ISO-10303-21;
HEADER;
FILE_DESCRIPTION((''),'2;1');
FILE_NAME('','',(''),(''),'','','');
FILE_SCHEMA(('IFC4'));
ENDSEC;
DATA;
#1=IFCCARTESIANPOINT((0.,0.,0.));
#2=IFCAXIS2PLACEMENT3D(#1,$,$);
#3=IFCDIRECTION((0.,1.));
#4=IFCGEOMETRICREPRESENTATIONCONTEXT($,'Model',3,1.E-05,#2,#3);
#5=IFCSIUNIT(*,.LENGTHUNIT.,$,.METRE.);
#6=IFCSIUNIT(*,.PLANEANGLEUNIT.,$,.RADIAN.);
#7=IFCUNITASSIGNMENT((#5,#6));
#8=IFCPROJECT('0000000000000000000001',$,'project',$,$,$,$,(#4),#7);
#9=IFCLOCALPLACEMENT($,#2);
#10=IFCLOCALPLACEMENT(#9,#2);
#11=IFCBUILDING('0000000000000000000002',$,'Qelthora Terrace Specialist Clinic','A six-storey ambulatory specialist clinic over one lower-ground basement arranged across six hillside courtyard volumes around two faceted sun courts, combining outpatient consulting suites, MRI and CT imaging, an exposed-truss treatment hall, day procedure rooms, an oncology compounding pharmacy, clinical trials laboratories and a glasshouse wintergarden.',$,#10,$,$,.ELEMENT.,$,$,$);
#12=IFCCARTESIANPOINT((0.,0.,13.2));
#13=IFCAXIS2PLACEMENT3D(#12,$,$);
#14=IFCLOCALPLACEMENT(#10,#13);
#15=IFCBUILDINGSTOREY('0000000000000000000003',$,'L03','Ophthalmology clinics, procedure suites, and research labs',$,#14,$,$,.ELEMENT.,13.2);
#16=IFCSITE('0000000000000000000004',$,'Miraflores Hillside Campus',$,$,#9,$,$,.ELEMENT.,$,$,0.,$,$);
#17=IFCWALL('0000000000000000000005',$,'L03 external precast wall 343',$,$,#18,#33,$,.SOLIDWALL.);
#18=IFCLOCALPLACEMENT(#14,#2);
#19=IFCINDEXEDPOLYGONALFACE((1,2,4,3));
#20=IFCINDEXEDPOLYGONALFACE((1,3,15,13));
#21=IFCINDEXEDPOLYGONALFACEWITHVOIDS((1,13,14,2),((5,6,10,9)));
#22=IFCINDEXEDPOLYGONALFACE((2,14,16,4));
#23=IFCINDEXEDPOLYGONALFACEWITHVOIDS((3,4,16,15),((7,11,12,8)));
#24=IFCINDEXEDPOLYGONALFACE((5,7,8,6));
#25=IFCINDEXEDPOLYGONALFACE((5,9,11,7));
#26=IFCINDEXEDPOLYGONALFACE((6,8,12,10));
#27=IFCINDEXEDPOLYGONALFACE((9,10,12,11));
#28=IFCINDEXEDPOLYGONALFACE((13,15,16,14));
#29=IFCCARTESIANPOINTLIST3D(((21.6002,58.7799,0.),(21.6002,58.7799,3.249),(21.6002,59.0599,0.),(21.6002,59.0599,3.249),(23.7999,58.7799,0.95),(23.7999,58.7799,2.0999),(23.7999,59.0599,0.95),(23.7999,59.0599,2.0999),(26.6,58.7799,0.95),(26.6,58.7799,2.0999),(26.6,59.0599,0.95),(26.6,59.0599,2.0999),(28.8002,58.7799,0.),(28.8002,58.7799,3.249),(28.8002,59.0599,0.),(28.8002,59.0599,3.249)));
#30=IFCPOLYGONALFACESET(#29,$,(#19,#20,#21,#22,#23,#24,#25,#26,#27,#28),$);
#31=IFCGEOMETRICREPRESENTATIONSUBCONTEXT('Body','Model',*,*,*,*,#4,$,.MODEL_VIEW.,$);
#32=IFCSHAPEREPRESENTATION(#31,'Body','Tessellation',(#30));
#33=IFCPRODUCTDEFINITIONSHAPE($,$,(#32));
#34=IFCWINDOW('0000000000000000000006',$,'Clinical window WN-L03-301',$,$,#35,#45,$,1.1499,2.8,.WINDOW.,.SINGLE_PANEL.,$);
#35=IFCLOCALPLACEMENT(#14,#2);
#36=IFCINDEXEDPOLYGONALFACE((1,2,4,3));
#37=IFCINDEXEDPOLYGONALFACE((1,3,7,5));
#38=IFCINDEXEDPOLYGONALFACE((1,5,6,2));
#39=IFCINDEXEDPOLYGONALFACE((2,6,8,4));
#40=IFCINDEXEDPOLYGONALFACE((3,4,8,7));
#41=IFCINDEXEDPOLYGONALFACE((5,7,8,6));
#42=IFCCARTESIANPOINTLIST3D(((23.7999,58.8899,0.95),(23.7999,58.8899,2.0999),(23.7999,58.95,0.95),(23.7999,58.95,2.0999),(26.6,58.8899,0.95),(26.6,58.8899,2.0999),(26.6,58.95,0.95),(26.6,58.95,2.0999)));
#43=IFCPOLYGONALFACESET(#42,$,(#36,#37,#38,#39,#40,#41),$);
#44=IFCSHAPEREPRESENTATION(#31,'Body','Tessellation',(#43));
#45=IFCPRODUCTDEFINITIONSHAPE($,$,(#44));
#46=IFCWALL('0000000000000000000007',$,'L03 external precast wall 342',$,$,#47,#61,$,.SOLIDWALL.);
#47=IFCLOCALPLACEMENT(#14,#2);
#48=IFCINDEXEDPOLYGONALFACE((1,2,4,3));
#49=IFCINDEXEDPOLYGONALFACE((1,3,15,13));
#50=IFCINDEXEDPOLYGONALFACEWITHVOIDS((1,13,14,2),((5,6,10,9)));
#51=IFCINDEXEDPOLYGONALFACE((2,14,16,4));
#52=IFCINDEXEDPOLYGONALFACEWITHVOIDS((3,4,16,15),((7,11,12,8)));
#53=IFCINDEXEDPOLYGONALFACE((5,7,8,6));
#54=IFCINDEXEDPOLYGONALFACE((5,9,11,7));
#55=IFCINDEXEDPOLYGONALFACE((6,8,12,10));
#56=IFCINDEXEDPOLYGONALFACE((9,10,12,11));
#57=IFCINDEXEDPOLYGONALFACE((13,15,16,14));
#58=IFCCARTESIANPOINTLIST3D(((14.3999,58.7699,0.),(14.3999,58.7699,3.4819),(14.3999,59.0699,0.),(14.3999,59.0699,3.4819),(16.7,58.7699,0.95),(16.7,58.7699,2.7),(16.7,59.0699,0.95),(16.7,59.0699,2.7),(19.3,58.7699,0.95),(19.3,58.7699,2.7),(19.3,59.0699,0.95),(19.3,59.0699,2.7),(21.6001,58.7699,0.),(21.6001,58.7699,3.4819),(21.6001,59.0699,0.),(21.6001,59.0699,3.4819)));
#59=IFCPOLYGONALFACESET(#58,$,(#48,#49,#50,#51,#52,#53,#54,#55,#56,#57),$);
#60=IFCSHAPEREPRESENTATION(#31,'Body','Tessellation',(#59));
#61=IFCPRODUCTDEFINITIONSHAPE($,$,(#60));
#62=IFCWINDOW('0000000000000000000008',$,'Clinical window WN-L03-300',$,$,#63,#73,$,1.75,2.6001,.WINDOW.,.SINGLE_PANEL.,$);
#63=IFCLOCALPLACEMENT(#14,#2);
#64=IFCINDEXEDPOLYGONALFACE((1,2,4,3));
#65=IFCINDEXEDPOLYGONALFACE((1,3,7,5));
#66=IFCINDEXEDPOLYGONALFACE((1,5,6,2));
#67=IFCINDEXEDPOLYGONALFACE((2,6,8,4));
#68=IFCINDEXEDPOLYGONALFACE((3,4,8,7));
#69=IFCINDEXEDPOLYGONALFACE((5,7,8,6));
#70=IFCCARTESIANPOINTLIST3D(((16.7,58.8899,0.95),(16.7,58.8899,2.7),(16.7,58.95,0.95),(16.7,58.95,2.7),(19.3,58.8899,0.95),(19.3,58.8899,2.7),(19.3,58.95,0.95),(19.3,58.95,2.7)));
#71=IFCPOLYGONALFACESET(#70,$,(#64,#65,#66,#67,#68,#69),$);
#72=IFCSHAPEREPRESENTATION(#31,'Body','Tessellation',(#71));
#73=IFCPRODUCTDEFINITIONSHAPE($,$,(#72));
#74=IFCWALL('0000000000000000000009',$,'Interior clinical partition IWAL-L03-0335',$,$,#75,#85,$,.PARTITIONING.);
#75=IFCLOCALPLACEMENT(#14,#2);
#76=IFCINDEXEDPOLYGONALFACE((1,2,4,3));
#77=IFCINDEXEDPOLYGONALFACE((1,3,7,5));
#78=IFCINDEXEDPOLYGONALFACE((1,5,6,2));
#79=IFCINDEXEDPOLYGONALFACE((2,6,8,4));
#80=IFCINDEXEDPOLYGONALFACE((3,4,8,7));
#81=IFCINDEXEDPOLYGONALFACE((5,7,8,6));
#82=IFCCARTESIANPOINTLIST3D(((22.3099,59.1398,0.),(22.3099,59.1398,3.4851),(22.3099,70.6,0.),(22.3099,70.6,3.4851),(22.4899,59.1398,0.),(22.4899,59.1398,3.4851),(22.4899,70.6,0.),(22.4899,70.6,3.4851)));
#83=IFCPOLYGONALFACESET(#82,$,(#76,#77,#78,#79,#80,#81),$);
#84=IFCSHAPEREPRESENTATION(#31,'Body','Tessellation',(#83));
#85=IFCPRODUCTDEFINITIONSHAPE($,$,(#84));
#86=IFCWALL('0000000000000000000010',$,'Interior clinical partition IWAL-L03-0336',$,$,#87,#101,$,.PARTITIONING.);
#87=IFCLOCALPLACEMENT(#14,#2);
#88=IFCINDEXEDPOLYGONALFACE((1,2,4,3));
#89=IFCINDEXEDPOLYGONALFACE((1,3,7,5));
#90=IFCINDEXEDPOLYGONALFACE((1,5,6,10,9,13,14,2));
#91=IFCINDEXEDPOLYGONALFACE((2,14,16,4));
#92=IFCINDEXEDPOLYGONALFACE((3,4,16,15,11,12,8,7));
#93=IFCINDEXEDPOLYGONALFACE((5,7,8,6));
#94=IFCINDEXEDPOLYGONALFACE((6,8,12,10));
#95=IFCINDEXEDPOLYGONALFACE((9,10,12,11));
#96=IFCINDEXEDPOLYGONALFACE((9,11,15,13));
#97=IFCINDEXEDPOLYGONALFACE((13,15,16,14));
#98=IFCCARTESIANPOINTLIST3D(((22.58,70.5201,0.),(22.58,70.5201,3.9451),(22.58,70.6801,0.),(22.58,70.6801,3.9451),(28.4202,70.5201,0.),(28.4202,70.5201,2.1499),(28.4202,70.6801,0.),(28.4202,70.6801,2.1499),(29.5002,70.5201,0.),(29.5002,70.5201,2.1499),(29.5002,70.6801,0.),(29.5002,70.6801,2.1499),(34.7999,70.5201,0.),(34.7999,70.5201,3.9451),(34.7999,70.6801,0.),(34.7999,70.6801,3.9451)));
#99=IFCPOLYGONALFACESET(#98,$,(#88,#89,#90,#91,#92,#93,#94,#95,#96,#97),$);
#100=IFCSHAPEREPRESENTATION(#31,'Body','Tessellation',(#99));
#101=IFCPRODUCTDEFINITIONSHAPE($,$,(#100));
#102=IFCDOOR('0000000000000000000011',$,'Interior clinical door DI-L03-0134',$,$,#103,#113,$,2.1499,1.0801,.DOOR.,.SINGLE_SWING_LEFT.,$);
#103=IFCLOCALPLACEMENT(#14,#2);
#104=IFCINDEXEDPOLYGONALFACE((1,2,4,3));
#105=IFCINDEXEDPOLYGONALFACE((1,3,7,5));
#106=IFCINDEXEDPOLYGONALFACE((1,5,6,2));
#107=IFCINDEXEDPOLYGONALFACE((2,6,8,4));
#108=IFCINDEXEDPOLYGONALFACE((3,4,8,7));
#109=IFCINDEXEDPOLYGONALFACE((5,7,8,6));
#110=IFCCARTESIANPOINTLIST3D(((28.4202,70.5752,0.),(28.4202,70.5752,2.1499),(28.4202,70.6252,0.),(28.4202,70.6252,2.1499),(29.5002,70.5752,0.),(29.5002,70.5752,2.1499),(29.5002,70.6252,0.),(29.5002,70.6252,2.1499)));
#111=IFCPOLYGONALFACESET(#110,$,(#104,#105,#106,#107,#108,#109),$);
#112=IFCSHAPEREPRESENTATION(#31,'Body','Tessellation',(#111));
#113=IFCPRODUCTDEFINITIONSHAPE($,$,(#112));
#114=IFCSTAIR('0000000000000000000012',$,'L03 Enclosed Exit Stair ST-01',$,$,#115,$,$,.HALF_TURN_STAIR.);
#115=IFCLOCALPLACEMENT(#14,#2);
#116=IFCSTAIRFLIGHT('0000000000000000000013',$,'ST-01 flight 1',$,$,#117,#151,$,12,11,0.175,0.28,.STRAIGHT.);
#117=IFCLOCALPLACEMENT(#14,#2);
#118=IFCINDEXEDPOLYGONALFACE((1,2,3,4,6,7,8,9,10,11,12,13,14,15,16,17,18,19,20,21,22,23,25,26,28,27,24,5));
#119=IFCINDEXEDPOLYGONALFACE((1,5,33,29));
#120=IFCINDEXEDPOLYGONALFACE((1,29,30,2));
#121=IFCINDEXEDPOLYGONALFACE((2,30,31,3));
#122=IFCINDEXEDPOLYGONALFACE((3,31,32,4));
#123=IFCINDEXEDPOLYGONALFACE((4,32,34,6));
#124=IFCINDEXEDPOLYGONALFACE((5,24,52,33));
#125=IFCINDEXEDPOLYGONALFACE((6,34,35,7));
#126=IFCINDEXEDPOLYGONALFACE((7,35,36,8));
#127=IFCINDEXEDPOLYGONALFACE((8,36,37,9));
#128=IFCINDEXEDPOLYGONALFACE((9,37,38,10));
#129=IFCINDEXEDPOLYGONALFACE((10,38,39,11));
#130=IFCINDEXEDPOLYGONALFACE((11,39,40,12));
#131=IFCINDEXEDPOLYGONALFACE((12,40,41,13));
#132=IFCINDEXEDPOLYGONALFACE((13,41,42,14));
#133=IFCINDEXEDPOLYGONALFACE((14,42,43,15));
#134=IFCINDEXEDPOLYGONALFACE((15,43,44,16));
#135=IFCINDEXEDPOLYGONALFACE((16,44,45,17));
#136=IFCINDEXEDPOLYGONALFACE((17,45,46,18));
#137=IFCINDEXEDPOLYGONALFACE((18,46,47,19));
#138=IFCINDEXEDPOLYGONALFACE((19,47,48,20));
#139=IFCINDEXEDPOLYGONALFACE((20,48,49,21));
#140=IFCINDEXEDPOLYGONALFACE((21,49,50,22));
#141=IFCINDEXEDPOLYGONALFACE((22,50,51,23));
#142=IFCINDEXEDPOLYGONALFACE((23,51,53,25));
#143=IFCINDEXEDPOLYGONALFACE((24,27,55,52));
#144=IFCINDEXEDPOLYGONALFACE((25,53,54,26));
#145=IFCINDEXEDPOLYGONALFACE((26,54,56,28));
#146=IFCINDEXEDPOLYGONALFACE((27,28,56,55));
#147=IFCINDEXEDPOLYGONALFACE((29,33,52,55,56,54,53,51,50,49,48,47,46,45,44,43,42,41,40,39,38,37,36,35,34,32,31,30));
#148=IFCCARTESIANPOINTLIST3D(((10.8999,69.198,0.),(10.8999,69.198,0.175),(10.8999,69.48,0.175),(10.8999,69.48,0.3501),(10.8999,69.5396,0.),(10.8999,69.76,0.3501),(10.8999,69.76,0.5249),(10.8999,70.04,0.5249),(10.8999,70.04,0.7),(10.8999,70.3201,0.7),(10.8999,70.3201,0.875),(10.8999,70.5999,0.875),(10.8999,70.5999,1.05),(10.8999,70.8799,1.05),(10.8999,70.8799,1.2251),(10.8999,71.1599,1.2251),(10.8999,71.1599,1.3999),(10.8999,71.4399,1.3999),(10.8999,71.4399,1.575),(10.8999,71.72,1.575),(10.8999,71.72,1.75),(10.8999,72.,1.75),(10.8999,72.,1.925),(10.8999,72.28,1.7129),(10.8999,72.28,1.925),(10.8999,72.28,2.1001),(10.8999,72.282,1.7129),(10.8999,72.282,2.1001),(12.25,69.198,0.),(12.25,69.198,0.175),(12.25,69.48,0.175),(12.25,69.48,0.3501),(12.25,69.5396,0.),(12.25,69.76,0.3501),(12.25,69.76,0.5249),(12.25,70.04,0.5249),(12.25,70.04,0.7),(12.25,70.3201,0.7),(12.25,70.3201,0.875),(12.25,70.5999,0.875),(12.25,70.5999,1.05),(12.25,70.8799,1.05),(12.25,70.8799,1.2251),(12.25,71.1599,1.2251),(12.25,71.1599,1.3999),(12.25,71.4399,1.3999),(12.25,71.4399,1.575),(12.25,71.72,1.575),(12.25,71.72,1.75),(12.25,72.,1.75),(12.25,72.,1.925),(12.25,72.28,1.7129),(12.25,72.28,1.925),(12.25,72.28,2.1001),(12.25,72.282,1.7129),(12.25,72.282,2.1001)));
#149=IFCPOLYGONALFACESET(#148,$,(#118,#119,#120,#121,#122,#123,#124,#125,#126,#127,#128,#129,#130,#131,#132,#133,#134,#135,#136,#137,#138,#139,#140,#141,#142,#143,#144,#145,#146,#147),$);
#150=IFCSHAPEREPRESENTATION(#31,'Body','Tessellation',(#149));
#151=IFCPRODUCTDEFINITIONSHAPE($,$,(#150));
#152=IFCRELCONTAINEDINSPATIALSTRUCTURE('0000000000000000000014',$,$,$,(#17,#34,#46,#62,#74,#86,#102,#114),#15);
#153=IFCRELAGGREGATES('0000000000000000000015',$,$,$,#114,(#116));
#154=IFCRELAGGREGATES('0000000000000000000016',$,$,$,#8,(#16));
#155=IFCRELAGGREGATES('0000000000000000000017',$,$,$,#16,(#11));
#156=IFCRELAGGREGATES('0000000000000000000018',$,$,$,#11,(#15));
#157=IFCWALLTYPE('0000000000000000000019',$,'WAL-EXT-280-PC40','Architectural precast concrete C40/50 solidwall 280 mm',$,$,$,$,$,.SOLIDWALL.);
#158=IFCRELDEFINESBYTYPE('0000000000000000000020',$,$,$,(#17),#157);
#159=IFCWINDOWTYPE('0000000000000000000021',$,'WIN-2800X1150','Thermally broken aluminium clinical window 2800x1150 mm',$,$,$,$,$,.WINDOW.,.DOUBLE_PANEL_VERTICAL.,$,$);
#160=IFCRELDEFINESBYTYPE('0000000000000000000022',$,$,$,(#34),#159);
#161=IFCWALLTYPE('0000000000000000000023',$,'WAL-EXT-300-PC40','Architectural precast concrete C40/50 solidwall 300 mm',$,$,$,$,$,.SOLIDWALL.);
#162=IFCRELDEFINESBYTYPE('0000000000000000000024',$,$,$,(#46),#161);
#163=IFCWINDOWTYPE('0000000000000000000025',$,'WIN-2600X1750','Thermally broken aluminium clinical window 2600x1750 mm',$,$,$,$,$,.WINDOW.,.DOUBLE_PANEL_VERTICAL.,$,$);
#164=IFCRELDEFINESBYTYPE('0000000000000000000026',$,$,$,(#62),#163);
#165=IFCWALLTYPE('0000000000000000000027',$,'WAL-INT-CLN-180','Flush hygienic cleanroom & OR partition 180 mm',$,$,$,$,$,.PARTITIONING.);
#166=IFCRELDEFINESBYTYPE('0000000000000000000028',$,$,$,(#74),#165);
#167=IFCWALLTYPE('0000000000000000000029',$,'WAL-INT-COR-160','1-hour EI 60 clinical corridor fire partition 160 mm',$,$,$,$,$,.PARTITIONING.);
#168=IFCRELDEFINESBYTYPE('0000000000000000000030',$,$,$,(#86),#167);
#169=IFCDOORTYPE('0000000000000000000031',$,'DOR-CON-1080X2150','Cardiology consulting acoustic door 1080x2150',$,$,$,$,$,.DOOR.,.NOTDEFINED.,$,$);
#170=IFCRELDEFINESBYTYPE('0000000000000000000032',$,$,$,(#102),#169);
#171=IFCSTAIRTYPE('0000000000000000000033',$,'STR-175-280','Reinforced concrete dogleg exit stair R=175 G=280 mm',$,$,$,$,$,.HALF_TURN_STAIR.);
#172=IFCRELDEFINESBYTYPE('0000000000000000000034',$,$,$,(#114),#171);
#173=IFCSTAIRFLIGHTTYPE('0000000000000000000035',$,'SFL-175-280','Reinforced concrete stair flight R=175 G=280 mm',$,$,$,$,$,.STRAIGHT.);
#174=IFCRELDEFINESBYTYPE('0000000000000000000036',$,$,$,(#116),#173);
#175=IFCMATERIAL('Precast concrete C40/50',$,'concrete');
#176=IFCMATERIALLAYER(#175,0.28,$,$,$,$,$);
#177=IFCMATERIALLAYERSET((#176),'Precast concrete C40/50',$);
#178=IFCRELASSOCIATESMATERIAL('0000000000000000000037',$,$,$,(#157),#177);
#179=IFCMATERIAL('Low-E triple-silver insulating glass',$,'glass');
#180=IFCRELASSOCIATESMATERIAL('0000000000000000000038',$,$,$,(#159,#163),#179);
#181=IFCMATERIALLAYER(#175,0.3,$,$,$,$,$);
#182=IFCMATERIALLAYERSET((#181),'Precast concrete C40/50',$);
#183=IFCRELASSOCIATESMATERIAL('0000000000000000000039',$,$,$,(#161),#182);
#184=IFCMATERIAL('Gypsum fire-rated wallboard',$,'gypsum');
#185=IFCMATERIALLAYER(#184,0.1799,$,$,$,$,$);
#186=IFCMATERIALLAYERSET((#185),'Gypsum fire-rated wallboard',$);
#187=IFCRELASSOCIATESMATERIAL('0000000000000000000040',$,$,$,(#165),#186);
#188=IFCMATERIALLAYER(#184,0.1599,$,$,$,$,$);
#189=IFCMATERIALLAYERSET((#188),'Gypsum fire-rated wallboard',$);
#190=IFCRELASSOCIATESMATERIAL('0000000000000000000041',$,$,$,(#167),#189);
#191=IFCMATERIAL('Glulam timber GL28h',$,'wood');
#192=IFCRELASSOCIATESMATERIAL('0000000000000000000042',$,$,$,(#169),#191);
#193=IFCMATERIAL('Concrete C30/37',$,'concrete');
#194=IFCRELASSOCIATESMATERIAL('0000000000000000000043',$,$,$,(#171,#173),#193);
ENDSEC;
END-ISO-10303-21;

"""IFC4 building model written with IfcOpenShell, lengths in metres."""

from ifc_helpers import new_model, si_unit, direction, frame, frame_2d, origin, place, context, subcontext, project, spatial, polyline, rectangle, outline, extrude, material, layer, layer_set, type_object, element, fill, aggregate, save


model = new_model("IFC4")

# Units and contexts
model_context = context("Model", 3, precision=1e-05, world=origin(), true_north=direction((0.0, 1.0)))
body_context = subcontext(model_context, "Body", "Model", "MODEL_VIEW")
ifc_project = project(units=[si_unit("LENGTHUNIT", "METRE"), si_unit("PLANEANGLEUNIT", "RADIAN")], contexts=[model_context])

# Site, building, storey
site_placement = place(None, origin())
site = spatial("IfcSite", under=ifc_project, at=site_placement, Name="Miraflores Hillside Campus", CompositionType="ELEMENT", RefElevation=0.0)
building_placement = place(site_placement, origin())
building = spatial("IfcBuilding", under=site, at=building_placement, Name="Qelthora Terrace Specialist Clinic", Description="A six-storey ambulatory specialist clinic over one lower-ground basement arranged across six hillside courtyard volumes around two faceted sun courts, combining outpatient consulting suites, MRI and CT imaging, an exposed-truss treatment hall, day procedure rooms, an oncology compounding pharmacy, clinical trials laboratories and a glasshouse wintergarden.", CompositionType="ELEMENT")
storey_placement = place(building_placement, frame((0.0, 0.0, 13.2)))
storey = spatial("IfcBuildingStorey", under=building, at=storey_placement, Name="L03", Description="Ophthalmology clinics, procedure suites, and research labs", CompositionType="ELEMENT", Elevation=13.2)

# Walls, openings, windows
ifc_material_1 = material(Name="Precast concrete C40/50", Category="concrete")
ifc_layer_1 = layer(ifc_material_1, 0.28)
ifc_layer_set_1 = layer_set([ifc_layer_1], Name="Precast concrete C40/50")
wall_type_1 = type_object("IfcWallType", Name="WAL-EXT-280-PC40", Description="Architectural precast concrete C40/50 solidwall 280 mm", PredefinedType="SOLIDWALL", material=ifc_layer_set_1)
wall_1_placement = place(storey_placement, frame((21.6001, 58.9199, 0.0), z_axis=(0.0, 0.0, 1.0), x_axis=(1.0, 0.0, 0.0)))
wall_1 = element("IfcWall", 1, at=wall_1_placement, inside=storey, type_object=wall_type_1, Name="L03 external precast wall 343", PredefinedType="SOLIDWALL", context=body_context, shape_type="SweptSolid", body=[
    extrude(rectangle(XDim=7.2, YDim=0.28, at=frame_2d((3.6001, 0.0))), origin(), (0.0, 0.0, 1.0), 3.249),
])
opening_1_placement = place(wall_1_placement, frame((2.2, 0.0, 0.95)))
opening_1 = element("IfcOpeningElement", 2, at=opening_1_placement, cuts=wall_1, PredefinedType="OPENING", context=body_context, shape_type="SweptSolid", body=[
    extrude(rectangle(XDim=2.8, YDim=1.1499, at=frame_2d((1.3999, 0.575))), frame((0.0, 0.1499, 0.0), z_axis=(0.0, -1.0, 0.0), x_axis=(1.0, 0.0, 0.0)), (0.0, 0.0, 1.0), 0.3),
])
ifc_material_2 = material(Name="Low-E triple-silver insulating glass", Category="glass")
window_type_1 = type_object("IfcWindowType", Name="WIN-2800X1150", Description="Thermally broken aluminium clinical window 2800x1150 mm", PartitioningType="DOUBLE_PANEL_VERTICAL", PredefinedType="WINDOW", material=ifc_material_2)
window_1_placement = place(opening_1_placement, origin())
window_1 = element("IfcWindow", 3, at=window_1_placement, inside=storey, type_object=window_type_1, Name="Clinical window WN-L03-301", OverallHeight=1.1499, OverallWidth=2.8, PartitioningType="SINGLE_PANEL", PredefinedType="WINDOW", context=body_context, shape_type="SweptSolid", body=[
    extrude(rectangle(XDim=2.8, YDim=1.1499, at=frame_2d((1.3999, 0.575))), frame((0.0, 0.03, 0.0), z_axis=(0.0, -1.0, 0.0), x_axis=(1.0, 0.0, 0.0)), (0.0, 0.0, 1.0), 0.0601),
])
fill(opening_1, window_1)
ifc_layer_2 = layer(ifc_material_1, 0.3)
ifc_layer_set_2 = layer_set([ifc_layer_2], Name="Precast concrete C40/50")
wall_type_2 = type_object("IfcWallType", Name="WAL-EXT-300-PC40", Description="Architectural precast concrete C40/50 solidwall 300 mm", PredefinedType="SOLIDWALL", material=ifc_layer_set_2)
wall_2_placement = place(storey_placement, frame((14.3999, 58.9199, 0.0), z_axis=(0.0, 0.0, 1.0), x_axis=(1.0, 0.0, 0.0)))
wall_2 = element("IfcWall", 4, at=wall_2_placement, inside=storey, type_object=wall_type_2, Name="L03 external precast wall 342", PredefinedType="SOLIDWALL", context=body_context, shape_type="SweptSolid", body=[
    extrude(rectangle(XDim=7.2002, YDim=0.3, at=frame_2d((3.6001, 0.0))), origin(), (0.0, 0.0, 1.0), 3.4819),
])
opening_2_placement = place(wall_2_placement, frame((2.3, 0.0, 0.95)))
opening_2 = element("IfcOpeningElement", 5, at=opening_2_placement, cuts=wall_2, PredefinedType="OPENING", context=body_context, shape_type="SweptSolid", body=[
    extrude(rectangle(XDim=2.6001, YDim=1.75, at=frame_2d((1.3, 0.875))), frame((0.0, 0.1599, 0.0), z_axis=(0.0, -1.0, 0.0), x_axis=(1.0, 0.0, 0.0)), (0.0, 0.0, 1.0), 0.3201),
])
window_type_2 = type_object("IfcWindowType", Name="WIN-2600X1750", Description="Thermally broken aluminium clinical window 2600x1750 mm", PartitioningType="DOUBLE_PANEL_VERTICAL", PredefinedType="WINDOW", material=ifc_material_2)
window_2_placement = place(opening_2_placement, origin())
window_2 = element("IfcWindow", 6, at=window_2_placement, inside=storey, type_object=window_type_2, Name="Clinical window WN-L03-300", OverallHeight=1.75, OverallWidth=2.6001, PartitioningType="SINGLE_PANEL", PredefinedType="WINDOW", context=body_context, shape_type="SweptSolid", body=[
    extrude(rectangle(XDim=2.6001, YDim=1.75, at=frame_2d((1.3, 0.875))), frame((0.0, 0.03, 0.0), z_axis=(0.0, -1.0, 0.0), x_axis=(1.0, 0.0, 0.0)), (0.0, 0.0, 1.0), 0.0601),
])
fill(opening_2, window_2)

# Wall
ifc_material_3 = material(Name="Gypsum fire-rated wallboard", Category="gypsum")
ifc_layer_3 = layer(ifc_material_3, 0.1799)
ifc_layer_set_3 = layer_set([ifc_layer_3], Name="Gypsum fire-rated wallboard")
wall_type_3 = type_object("IfcWallType", Name="WAL-INT-CLN-180", Description="Flush hygienic cleanroom & OR partition 180 mm", PredefinedType="PARTITIONING", material=ifc_layer_set_3)
wall_3_placement = place(storey_placement, frame((22.3999, 59.1399, 0.0), z_axis=(0.0, 0.0, 1.0), x_axis=(0.0, 1.0, 0.0)))
element("IfcWall", 7, at=wall_3_placement, inside=storey, type_object=wall_type_3, Name="Interior clinical partition IWAL-L03-0335", PredefinedType="PARTITIONING", context=body_context, shape_type="SweptSolid", body=[
    extrude(rectangle(XDim=11.4602, YDim=0.1799, at=frame_2d((5.73, 0.0))), origin(), (0.0, 0.0, 1.0), 3.4851),
])

# Wall, opening, door
ifc_layer_4 = layer(ifc_material_3, 0.1599)
ifc_layer_set_4 = layer_set([ifc_layer_4], Name="Gypsum fire-rated wallboard")
wall_type_4 = type_object("IfcWallType", Name="WAL-INT-COR-160", Description="1-hour EI 60 clinical corridor fire partition 160 mm", PredefinedType="PARTITIONING", material=ifc_layer_set_4)
wall_4_placement = place(storey_placement, frame((22.5801, 70.6001, 0.0), z_axis=(0.0, 0.0, 1.0), x_axis=(1.0, 0.0, 0.0)))
wall_4 = element("IfcWall", 8, at=wall_4_placement, inside=storey, type_object=wall_type_4, Name="Interior clinical partition IWAL-L03-0336", PredefinedType="PARTITIONING", context=body_context, shape_type="SweptSolid", body=[
    extrude(rectangle(XDim=12.22, YDim=0.1599, at=frame_2d((6.1099, 0.0))), origin(), (0.0, 0.0, 1.0), 3.9451),
])
opening_3_placement = place(wall_4_placement, frame((5.8401, 0.0, 0.0)))
opening_3 = element("IfcOpeningElement", 9, at=opening_3_placement, cuts=wall_4, PredefinedType="OPENING", context=body_context, shape_type="SweptSolid", body=[
    extrude(rectangle(XDim=1.0801, YDim=2.1499, at=frame_2d((0.54, 1.075))), frame((0.0, 0.0898, 0.0), z_axis=(0.0, -1.0, 0.0), x_axis=(1.0, 0.0, 0.0)), (0.0, 0.0, 1.0), 0.1799),
])
ifc_material_4 = material(Name="Glulam timber GL28h", Category="wood")
door_type_1 = type_object("IfcDoorType", Name="DOR-CON-1080X2150", Description="Cardiology consulting acoustic door 1080x2150", OperationType="NOTDEFINED", PredefinedType="DOOR", material=ifc_material_4)
door_1_placement = place(opening_3_placement, frame((1.0801, 0.0, 0.0), z_axis=(0.0, 0.0, 1.0), x_axis=(-1.0, 0.0, 0.0)))
door_1 = element("IfcDoor", 10, at=door_1_placement, inside=storey, type_object=door_type_1, Name="Interior clinical door DI-L03-0134", OperationType="SINGLE_SWING_LEFT", OverallHeight=2.1499, OverallWidth=1.0801, PredefinedType="DOOR", context=body_context, shape_type="SweptSolid", body=[
    extrude(rectangle(XDim=1.0801, YDim=2.1499, at=frame_2d((0.54, 1.075))), frame((0.0, 0.0249, 0.0), z_axis=(0.0, -1.0, 0.0), x_axis=(1.0, 0.0, 0.0)), (0.0, 0.0, 1.0), 0.05),
])
fill(opening_3, door_1)

# Stair, stair flight
ifc_material_5 = material(Name="Concrete C30/37", Category="concrete")
stair_type = type_object("IfcStairType", Name="STR-175-280", Description="Reinforced concrete dogleg exit stair R=175 G=280 mm", PredefinedType="HALF_TURN_STAIR", material=ifc_material_5)
stair_placement = place(storey_placement, origin())
stair = element("IfcStair", 11, at=stair_placement, inside=storey, type_object=stair_type, Name="L03 Enclosed Exit Stair ST-01", PredefinedType="HALF_TURN_STAIR")
stair_flight_type = type_object("IfcStairFlightType", Name="SFL-175-280", Description="Reinforced concrete stair flight R=175 G=280 mm", PredefinedType="STRAIGHT", material=ifc_material_5)
stair_flight_1_placement = place(storey_placement, frame((11.575, 69.2, 0.0), z_axis=(0.0, 0.0, 1.0), x_axis=(0.0, 1.0, 0.0)))
stair_flight_1 = element("IfcStairFlight", 12, at=stair_flight_1_placement, type_object=stair_flight_type, Name="ST-01 flight 1", NumberOfRisers=12, NumberOfTreads=11, PredefinedType="STRAIGHT", RiserHeight=0.175, TreadLength=0.28, context=body_context, shape_type="SweptSolid", body=[
    extrude(outline(polyline([(-0.002, 0.0), (-0.002, 0.175), (0.28, 0.175), (0.28, 0.3501), (0.5601, 0.3501), (0.5601, 0.5249), (0.8401, 0.5249), (0.8401, 0.7), (1.1201, 0.7), (1.1201, 0.875), (1.3999, 0.875), (1.3999, 1.05), (1.6799, 1.05), (1.6799, 1.2251), (1.96, 1.2251), (1.96, 1.3999), (2.24, 1.3999), (2.24, 1.575), (2.52, 1.575), (2.52, 1.75), (2.8, 1.75), (2.8, 1.925), (3.0801, 1.925), (3.0801, 2.1001), (3.082, 2.1001), (3.082, 1.7129), (3.0801, 1.7129), (0.3396, 0.0), (-0.002, 0.0)])), frame((0.0, 0.675, 0.0), z_axis=(0.0, -1.0, 0.0), x_axis=(1.0, 0.0, 0.0)), (0.0, 0.0, 1.0), 1.3501),
])
aggregate(stair, [stair_flight_1])

save(model, "model.ifc")
